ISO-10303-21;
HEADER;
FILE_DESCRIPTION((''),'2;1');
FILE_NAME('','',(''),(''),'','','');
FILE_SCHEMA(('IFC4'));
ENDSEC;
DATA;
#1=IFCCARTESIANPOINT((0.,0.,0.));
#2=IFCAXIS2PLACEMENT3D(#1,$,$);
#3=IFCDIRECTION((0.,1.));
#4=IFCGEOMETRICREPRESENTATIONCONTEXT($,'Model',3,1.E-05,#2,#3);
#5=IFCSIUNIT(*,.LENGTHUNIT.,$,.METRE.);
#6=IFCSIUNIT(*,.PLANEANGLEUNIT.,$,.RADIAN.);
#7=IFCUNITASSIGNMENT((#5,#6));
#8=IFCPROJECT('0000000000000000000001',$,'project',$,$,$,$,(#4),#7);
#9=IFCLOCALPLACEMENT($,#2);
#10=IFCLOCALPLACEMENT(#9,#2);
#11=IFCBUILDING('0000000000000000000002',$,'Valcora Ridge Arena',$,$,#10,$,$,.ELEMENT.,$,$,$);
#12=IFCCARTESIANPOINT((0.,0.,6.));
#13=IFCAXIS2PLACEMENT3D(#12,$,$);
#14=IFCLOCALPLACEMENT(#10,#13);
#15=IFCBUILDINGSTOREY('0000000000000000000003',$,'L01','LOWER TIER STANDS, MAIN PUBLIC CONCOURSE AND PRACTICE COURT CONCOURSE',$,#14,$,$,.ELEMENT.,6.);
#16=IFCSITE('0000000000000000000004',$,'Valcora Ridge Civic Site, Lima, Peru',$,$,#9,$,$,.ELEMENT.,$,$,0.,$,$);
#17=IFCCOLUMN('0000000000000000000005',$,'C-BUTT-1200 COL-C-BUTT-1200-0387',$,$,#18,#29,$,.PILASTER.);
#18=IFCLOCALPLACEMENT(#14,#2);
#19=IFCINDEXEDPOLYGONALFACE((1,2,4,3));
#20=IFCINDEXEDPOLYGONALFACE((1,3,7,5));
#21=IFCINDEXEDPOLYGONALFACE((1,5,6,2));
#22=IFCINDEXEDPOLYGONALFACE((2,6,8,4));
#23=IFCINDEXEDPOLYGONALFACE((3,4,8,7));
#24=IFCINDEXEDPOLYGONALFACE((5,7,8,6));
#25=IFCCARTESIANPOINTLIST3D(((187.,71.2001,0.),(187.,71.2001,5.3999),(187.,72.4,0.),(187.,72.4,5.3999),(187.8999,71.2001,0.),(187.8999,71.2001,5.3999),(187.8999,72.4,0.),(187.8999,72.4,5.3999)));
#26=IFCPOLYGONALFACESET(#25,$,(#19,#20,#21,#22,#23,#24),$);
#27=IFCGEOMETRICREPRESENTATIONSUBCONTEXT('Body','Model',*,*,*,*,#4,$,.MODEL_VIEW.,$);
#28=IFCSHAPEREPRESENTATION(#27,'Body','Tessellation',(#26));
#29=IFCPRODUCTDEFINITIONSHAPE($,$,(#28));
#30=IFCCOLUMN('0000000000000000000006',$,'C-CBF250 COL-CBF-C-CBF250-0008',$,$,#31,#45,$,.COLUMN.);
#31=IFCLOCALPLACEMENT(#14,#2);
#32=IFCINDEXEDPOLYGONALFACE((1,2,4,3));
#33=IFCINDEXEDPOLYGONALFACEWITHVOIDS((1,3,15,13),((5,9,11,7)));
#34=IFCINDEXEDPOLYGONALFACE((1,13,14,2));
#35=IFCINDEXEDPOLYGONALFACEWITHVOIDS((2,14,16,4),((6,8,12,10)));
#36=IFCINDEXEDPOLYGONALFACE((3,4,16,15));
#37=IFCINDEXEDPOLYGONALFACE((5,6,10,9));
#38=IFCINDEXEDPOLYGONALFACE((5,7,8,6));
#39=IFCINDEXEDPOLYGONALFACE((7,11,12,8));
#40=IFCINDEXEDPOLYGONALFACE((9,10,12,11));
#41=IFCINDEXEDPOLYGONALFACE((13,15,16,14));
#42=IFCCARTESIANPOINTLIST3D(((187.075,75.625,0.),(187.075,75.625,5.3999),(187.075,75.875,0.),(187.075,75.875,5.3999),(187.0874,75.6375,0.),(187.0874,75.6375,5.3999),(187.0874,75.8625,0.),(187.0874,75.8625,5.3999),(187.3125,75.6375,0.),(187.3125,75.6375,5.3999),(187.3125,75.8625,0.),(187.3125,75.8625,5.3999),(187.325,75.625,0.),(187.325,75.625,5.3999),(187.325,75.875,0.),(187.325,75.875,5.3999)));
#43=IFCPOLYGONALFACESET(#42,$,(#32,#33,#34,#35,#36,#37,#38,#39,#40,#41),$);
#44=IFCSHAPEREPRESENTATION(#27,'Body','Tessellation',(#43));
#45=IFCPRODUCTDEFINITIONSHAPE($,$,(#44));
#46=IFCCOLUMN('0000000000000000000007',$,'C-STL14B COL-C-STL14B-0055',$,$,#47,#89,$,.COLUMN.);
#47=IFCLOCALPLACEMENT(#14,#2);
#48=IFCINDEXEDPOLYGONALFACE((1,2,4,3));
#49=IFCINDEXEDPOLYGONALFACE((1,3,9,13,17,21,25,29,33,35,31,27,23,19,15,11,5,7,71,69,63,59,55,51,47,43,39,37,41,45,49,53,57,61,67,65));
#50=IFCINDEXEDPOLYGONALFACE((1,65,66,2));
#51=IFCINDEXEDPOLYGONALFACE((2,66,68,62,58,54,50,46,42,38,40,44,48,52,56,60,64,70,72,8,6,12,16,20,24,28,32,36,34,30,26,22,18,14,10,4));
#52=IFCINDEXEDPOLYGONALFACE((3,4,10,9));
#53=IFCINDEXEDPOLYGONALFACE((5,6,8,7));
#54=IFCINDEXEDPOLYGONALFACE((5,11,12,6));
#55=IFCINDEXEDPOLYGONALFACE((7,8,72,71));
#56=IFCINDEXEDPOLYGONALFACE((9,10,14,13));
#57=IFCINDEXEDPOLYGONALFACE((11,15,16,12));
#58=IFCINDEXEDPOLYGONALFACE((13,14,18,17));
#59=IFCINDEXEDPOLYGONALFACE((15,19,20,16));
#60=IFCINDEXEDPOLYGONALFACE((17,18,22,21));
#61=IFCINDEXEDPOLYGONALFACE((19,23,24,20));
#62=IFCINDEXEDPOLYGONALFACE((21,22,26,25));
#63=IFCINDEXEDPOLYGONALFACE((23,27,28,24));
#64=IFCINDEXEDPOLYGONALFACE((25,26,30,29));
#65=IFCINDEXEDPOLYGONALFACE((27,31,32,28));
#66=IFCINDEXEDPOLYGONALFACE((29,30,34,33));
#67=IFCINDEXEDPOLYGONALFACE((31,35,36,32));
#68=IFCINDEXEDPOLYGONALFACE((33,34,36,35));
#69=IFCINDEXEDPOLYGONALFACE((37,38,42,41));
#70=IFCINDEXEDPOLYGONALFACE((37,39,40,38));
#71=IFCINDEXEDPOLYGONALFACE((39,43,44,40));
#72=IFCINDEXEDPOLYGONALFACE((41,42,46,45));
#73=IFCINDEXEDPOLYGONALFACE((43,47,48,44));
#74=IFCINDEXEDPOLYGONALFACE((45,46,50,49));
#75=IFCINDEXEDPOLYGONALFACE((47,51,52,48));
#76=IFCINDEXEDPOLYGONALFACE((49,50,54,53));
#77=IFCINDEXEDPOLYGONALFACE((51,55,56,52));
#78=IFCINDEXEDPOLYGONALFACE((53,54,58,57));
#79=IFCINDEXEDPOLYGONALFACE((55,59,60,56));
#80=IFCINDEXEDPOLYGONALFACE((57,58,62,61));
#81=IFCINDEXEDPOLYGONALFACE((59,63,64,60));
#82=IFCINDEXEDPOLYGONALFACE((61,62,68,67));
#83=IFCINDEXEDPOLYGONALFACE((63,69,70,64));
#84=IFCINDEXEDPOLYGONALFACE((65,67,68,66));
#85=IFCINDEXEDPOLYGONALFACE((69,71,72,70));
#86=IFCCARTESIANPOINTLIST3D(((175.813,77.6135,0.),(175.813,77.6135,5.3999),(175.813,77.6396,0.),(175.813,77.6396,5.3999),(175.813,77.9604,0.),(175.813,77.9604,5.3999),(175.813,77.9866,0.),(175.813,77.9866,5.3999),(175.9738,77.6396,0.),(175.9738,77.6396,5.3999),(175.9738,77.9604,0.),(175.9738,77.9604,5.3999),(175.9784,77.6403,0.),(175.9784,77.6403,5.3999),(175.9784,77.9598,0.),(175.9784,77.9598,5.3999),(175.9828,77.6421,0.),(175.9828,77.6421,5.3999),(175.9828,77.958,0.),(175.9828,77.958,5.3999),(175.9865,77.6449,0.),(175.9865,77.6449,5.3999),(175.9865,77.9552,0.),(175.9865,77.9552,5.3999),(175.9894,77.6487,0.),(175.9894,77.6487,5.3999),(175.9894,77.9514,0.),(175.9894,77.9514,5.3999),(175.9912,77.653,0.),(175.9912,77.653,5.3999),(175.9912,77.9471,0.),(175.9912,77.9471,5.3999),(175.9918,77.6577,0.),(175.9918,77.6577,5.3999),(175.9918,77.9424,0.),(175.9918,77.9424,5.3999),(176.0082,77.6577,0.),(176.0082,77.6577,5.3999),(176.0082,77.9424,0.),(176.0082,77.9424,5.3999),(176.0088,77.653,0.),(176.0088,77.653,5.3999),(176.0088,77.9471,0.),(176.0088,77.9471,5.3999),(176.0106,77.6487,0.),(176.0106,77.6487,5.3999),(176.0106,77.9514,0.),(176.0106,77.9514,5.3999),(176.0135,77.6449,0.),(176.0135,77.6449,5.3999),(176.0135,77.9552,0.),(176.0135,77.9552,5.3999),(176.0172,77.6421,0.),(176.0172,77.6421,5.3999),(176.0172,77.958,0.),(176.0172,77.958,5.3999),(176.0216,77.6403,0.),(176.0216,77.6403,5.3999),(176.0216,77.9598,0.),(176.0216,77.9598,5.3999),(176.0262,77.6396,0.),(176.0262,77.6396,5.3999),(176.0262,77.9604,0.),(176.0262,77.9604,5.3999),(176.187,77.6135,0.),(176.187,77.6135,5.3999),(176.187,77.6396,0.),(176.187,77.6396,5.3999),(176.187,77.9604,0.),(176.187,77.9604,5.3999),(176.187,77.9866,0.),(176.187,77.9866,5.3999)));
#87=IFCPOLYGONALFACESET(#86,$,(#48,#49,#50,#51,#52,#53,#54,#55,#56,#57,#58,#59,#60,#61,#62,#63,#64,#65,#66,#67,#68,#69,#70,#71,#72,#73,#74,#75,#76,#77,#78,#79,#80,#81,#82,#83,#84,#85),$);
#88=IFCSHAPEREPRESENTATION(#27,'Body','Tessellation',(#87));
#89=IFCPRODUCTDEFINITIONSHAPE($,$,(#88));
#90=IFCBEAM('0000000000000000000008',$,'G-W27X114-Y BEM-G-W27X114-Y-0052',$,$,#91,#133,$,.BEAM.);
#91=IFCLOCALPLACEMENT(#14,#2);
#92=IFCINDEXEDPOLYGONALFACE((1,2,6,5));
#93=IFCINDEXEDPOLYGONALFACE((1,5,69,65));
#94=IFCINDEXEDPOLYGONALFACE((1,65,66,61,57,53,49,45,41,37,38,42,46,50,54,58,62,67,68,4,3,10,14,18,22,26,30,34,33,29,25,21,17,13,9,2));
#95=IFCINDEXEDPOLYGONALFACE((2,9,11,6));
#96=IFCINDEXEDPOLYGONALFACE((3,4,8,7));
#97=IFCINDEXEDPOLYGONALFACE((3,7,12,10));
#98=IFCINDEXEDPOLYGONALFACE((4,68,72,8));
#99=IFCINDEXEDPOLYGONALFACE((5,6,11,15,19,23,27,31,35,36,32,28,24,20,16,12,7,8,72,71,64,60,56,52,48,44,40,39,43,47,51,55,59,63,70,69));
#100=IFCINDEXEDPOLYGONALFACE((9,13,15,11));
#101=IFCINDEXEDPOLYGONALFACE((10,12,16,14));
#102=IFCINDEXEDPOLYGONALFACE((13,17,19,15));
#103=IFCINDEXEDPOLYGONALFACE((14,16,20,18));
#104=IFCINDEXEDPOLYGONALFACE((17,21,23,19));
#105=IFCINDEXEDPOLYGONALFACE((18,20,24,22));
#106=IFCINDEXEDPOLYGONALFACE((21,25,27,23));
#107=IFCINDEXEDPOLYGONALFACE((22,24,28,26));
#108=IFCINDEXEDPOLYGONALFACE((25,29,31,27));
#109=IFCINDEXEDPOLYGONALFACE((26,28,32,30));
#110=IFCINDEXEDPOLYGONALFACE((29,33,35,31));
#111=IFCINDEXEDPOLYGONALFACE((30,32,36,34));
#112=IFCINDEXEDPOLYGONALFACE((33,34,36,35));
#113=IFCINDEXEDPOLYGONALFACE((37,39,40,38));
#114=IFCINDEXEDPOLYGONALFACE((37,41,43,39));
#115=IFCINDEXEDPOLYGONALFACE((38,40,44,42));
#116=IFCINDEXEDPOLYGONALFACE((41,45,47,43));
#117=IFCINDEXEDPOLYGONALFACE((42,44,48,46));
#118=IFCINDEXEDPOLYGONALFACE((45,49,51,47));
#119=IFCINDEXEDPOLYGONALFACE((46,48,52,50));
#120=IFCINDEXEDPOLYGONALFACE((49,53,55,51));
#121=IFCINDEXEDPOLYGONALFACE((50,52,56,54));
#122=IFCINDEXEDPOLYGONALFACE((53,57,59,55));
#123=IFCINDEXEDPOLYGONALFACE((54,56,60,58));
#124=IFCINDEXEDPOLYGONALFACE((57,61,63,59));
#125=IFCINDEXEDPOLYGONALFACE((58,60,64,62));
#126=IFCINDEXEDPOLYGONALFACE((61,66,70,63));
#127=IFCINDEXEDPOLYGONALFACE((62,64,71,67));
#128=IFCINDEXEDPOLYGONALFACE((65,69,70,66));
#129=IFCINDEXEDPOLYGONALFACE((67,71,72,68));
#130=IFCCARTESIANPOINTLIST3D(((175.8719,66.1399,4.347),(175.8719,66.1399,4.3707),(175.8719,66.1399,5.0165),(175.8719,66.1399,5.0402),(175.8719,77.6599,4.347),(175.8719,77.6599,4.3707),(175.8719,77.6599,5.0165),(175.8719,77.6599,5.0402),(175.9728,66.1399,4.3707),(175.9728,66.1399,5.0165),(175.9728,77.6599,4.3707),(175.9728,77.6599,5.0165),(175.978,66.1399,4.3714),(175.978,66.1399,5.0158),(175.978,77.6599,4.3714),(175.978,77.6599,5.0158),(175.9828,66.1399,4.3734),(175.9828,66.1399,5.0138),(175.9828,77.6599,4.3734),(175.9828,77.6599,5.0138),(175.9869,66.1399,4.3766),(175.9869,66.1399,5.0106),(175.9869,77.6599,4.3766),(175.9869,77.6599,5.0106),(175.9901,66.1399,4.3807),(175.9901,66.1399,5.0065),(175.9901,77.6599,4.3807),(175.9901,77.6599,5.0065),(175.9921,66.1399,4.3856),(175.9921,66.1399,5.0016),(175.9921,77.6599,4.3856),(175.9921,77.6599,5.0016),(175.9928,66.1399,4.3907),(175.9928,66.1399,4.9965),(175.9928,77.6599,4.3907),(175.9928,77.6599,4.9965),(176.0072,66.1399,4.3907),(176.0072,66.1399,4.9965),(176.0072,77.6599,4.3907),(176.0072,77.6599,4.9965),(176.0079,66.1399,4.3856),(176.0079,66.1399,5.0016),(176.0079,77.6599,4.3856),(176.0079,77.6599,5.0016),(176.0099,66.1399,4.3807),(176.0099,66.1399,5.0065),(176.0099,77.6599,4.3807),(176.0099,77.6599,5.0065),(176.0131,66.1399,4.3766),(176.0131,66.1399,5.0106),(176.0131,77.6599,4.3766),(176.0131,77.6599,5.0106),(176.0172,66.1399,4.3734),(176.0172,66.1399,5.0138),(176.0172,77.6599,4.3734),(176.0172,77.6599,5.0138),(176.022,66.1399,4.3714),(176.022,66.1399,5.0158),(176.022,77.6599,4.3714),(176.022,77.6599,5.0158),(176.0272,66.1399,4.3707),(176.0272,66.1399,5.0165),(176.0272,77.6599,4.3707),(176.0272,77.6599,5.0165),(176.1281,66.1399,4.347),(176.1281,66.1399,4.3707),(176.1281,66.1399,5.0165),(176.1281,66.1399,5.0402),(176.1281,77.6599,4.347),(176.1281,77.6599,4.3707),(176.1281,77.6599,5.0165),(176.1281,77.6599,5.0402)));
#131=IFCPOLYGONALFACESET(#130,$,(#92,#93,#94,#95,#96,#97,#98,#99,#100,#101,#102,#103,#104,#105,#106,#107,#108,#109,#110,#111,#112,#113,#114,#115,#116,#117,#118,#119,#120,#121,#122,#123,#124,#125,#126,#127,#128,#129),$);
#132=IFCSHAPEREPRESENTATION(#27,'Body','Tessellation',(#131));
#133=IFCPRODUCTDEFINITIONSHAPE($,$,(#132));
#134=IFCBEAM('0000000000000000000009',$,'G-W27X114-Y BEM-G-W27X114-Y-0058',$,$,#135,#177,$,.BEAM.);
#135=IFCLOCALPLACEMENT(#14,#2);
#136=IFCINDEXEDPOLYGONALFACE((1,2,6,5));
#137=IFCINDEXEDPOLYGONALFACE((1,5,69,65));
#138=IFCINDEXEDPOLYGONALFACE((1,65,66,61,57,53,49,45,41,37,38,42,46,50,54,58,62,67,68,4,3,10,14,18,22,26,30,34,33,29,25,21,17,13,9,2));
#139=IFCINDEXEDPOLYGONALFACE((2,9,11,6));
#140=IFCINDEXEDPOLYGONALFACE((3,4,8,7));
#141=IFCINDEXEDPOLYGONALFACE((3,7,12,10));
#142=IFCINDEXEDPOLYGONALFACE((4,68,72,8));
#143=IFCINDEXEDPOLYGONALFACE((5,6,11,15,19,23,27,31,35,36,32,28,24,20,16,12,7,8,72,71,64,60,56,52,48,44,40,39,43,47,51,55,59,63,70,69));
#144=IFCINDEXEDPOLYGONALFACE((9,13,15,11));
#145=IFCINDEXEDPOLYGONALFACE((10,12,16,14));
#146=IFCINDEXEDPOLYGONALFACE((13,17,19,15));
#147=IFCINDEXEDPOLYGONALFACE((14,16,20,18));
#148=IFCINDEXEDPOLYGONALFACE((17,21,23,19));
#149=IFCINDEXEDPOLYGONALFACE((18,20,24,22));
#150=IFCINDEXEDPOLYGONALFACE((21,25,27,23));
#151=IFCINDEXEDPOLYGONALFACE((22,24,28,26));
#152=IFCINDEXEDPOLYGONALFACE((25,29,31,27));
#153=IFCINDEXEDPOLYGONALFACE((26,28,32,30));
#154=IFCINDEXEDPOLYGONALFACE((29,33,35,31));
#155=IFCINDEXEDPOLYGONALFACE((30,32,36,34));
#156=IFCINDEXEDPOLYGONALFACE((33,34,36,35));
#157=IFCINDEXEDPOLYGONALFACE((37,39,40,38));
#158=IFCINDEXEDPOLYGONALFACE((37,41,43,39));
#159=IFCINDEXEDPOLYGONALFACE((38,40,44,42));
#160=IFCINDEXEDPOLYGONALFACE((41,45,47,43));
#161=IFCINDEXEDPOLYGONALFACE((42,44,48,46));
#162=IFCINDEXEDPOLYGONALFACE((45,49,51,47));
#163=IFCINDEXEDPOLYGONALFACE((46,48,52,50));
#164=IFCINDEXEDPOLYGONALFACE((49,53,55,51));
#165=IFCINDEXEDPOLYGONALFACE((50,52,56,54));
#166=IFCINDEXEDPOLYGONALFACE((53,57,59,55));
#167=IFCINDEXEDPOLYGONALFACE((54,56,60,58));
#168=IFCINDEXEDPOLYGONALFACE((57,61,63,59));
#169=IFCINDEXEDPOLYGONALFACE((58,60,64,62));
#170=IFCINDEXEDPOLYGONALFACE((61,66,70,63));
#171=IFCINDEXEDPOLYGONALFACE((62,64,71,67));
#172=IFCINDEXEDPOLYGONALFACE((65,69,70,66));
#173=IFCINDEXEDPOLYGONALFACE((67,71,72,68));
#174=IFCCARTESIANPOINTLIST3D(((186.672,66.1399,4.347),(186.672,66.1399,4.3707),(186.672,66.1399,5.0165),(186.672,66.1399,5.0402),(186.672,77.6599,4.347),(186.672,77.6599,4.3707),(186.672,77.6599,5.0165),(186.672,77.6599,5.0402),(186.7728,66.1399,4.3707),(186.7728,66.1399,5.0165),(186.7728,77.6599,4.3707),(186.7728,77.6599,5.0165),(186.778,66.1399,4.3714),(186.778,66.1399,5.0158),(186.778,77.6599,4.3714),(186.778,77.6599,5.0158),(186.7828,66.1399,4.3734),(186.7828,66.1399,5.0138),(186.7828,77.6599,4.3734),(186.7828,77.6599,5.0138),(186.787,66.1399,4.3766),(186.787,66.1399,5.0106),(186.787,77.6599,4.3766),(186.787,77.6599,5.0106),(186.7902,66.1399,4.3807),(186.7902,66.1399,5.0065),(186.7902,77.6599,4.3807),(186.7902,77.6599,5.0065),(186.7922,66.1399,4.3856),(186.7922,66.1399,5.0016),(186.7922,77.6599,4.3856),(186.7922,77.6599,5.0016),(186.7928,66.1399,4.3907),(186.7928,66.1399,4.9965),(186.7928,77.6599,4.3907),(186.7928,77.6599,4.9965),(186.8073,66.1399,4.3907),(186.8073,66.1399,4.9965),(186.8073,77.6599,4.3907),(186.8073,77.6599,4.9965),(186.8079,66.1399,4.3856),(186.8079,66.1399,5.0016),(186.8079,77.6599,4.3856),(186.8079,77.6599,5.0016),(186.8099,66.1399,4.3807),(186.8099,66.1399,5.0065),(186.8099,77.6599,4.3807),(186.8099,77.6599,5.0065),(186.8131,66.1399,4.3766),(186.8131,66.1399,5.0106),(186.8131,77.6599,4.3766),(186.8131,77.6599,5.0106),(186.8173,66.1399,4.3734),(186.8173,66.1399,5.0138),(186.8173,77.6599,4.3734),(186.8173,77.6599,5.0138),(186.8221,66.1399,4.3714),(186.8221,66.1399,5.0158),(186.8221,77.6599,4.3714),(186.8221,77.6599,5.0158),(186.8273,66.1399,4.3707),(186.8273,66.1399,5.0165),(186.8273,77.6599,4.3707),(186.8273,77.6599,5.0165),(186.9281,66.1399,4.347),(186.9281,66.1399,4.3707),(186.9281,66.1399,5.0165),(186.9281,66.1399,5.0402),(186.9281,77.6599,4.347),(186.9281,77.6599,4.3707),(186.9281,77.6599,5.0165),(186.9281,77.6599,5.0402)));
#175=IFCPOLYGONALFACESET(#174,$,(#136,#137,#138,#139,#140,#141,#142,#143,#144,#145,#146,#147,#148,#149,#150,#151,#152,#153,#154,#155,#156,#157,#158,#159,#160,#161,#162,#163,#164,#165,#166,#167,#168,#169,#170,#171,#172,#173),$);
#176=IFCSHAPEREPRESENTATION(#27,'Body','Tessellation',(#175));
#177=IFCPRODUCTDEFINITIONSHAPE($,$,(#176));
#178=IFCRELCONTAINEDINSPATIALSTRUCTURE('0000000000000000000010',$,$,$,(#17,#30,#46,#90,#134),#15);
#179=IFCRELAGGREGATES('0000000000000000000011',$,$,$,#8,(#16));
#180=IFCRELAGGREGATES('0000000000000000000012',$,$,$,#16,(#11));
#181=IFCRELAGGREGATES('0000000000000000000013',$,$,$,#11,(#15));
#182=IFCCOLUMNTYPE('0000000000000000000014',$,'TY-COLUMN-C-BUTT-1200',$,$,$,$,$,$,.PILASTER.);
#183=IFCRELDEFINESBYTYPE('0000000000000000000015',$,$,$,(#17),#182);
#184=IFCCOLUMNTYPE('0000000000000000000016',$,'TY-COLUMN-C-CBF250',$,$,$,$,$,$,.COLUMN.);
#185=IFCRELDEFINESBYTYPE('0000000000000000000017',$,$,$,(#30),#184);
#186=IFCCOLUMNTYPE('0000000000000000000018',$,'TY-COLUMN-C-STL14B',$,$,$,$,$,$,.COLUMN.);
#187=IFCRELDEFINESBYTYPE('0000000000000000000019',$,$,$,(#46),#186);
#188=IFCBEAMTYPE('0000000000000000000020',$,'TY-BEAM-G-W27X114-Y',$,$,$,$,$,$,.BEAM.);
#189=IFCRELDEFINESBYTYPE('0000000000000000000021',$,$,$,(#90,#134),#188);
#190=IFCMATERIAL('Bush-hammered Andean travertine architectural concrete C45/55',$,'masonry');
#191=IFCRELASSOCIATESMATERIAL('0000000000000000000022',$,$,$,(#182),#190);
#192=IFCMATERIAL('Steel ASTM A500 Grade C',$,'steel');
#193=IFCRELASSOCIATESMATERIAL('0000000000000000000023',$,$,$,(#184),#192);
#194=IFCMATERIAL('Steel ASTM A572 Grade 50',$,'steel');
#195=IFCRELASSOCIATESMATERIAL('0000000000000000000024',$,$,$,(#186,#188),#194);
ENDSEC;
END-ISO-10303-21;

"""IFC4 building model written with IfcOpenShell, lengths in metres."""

from ifc_helpers import new_model, si_unit, direction, frame, origin, origin_2d, place, context, subcontext, project, spatial, rectangle, hollow_rectangle, i_section, extrude, material, material_profile, profile_set, type_object, element, save


model = new_model("IFC4")

# Units and contexts
model_context = context("Model", 3, precision=1e-05, world=origin(), true_north=direction((0.0, 1.0)))
body_context = subcontext(model_context, "Body", "Model", "MODEL_VIEW")
ifc_project = project(units=[si_unit("LENGTHUNIT", "METRE"), si_unit("PLANEANGLEUNIT", "RADIAN")], contexts=[model_context])

# Site, building, storey
site_placement = place(None, origin())
site = spatial("IfcSite", under=ifc_project, at=site_placement, Name="Valcora Ridge Civic Site, Lima, Peru", CompositionType="ELEMENT", RefElevation=0.0)
building_placement = place(site_placement, origin())
building = spatial("IfcBuilding", under=site, at=building_placement, Name="Valcora Ridge Arena", CompositionType="ELEMENT")
storey_placement = place(building_placement, frame((0.0, 0.0, 6.0)))
storey = spatial("IfcBuildingStorey", under=building, at=storey_placement, Name="L01", Description="LOWER TIER STANDS, MAIN PUBLIC CONCOURSE AND PRACTICE COURT CONCOURSE", CompositionType="ELEMENT", Elevation=6.0)

# Columns
ifc_material_1 = material(Name="Bush-hammered Andean travertine architectural concrete C45/55", Category="masonry")
ifc_material_profile_1 = material_profile(ifc_material_1, rectangle(XDim=0.8999, YDim=1.2, at=origin_2d()), Name="RC 900x1200")
ifc_profile_set_1 = profile_set([ifc_material_profile_1], Name="Bush-hammered Andean travertine architectural concrete C45/55")
column_type_1 = type_object("IfcColumnType", Name="TY-COLUMN-C-BUTT-1200", PredefinedType="PILASTER", material=ifc_profile_set_1)
column_1_placement = place(storey_placement, frame((187.45, 71.8, 0.0), z_axis=(0.0, 0.0, 1.0), x_axis=(1.0, 0.0, 0.0)))
element("IfcColumn", 1, at=column_1_placement, inside=storey, type_object=column_type_1, Name="C-BUTT-1200 COL-C-BUTT-1200-0387", PredefinedType="PILASTER", context=body_context, shape_type="SweptSolid", body=[
    extrude(rectangle(XDim=0.8999, YDim=1.2, at=origin_2d()), origin(), (0.0, 0.0, 1.0), 5.3999),
])
ifc_material_2 = material(Name="Steel ASTM A500 Grade C", Category="steel")
ifc_material_profile_2 = material_profile(ifc_material_2, hollow_rectangle(XDim=0.25, YDim=0.25, WallThickness=0.0125, at=origin_2d()), Name="HSS250X250X12")
ifc_profile_set_2 = profile_set([ifc_material_profile_2], Name="Steel ASTM A500 Grade C")
column_type_2 = type_object("IfcColumnType", Name="TY-COLUMN-C-CBF250", PredefinedType="COLUMN", material=ifc_profile_set_2)
column_2_placement = place(storey_placement, frame((187.2, 75.75, 0.0), z_axis=(0.0, 0.0, 1.0), x_axis=(1.0, 0.0, 0.0)))
element("IfcColumn", 2, at=column_2_placement, inside=storey, type_object=column_type_2, Name="C-CBF250 COL-CBF-C-CBF250-0008", PredefinedType="COLUMN", context=body_context, shape_type="SweptSolid", body=[
    extrude(hollow_rectangle(XDim=0.25, YDim=0.25, WallThickness=0.0125, at=origin_2d()), origin(), (0.0, 0.0, 1.0), 5.3999),
])
ifc_material_3 = material(Name="Steel ASTM A572 Grade 50", Category="steel")
ifc_material_profile_3 = material_profile(ifc_material_3, i_section(OverallWidth=0.374, OverallDepth=0.373, WebThickness=0.0164, FlangeThickness=0.0261, FilletRadius=0.0181, at=origin_2d()), Name="W14X132")
ifc_profile_set_3 = profile_set([ifc_material_profile_3], Name="Steel ASTM A572 Grade 50")
column_type_3 = type_object("IfcColumnType", Name="TY-COLUMN-C-STL14B", PredefinedType="COLUMN", material=ifc_profile_set_3)
column_3_placement = place(storey_placement, frame((176.0, 77.8, 0.0), z_axis=(0.0, 0.0, 1.0), x_axis=(1.0, 0.0, 0.0)))
element("IfcColumn", 3, at=column_3_placement, inside=storey, type_object=column_type_3, Name="C-STL14B COL-C-STL14B-0055", PredefinedType="COLUMN", context=body_context, shape_type="SweptSolid", body=[
    extrude(i_section(OverallWidth=0.374, OverallDepth=0.373, WebThickness=0.0164, FlangeThickness=0.0261, FilletRadius=0.0181, at=origin_2d()), origin(), (0.0, 0.0, 1.0), 5.3999),
])

# Beams
ifc_material_profile_4 = material_profile(ifc_material_3, i_section(OverallWidth=0.2561, OverallDepth=0.6931, WebThickness=0.0144, FlangeThickness=0.0237, FilletRadius=0.02, at=origin_2d()), Name="W27X114")
ifc_profile_set_4 = profile_set([ifc_material_profile_4], Name="Steel ASTM A572 Grade 50")
beam_type_1 = type_object("IfcBeamType", Name="TY-BEAM-G-W27X114-Y", PredefinedType="BEAM", material=ifc_profile_set_4)
for number, where, z_axis, x_axis, name in (
    (4, (176.0, 66.1399, 4.6936), (0.0, 1.0, 0.0), (-1.0, 0.0, 0.0), "G-W27X114-Y BEM-G-W27X114-Y-0052"),
    (5, (186.8, 66.1399, 4.6936), (0.0, 1.0, 0.0), (-1.0, 0.0, 0.0), "G-W27X114-Y BEM-G-W27X114-Y-0058"),
):
    element("IfcBeam", number, at=place(storey_placement, frame(where, z_axis=z_axis, x_axis=x_axis)), inside=storey, type_object=beam_type_1, Name=name, PredefinedType="BEAM", context=body_context, shape_type="SweptSolid", body=[
        extrude(i_section(OverallWidth=0.2561, OverallDepth=0.6931, WebThickness=0.0144, FlangeThickness=0.0237, FilletRadius=0.02, at=origin_2d()), origin(), (0.0, 0.0, 1.0), 11.52),
    ])

save(model, "model.ifc")
